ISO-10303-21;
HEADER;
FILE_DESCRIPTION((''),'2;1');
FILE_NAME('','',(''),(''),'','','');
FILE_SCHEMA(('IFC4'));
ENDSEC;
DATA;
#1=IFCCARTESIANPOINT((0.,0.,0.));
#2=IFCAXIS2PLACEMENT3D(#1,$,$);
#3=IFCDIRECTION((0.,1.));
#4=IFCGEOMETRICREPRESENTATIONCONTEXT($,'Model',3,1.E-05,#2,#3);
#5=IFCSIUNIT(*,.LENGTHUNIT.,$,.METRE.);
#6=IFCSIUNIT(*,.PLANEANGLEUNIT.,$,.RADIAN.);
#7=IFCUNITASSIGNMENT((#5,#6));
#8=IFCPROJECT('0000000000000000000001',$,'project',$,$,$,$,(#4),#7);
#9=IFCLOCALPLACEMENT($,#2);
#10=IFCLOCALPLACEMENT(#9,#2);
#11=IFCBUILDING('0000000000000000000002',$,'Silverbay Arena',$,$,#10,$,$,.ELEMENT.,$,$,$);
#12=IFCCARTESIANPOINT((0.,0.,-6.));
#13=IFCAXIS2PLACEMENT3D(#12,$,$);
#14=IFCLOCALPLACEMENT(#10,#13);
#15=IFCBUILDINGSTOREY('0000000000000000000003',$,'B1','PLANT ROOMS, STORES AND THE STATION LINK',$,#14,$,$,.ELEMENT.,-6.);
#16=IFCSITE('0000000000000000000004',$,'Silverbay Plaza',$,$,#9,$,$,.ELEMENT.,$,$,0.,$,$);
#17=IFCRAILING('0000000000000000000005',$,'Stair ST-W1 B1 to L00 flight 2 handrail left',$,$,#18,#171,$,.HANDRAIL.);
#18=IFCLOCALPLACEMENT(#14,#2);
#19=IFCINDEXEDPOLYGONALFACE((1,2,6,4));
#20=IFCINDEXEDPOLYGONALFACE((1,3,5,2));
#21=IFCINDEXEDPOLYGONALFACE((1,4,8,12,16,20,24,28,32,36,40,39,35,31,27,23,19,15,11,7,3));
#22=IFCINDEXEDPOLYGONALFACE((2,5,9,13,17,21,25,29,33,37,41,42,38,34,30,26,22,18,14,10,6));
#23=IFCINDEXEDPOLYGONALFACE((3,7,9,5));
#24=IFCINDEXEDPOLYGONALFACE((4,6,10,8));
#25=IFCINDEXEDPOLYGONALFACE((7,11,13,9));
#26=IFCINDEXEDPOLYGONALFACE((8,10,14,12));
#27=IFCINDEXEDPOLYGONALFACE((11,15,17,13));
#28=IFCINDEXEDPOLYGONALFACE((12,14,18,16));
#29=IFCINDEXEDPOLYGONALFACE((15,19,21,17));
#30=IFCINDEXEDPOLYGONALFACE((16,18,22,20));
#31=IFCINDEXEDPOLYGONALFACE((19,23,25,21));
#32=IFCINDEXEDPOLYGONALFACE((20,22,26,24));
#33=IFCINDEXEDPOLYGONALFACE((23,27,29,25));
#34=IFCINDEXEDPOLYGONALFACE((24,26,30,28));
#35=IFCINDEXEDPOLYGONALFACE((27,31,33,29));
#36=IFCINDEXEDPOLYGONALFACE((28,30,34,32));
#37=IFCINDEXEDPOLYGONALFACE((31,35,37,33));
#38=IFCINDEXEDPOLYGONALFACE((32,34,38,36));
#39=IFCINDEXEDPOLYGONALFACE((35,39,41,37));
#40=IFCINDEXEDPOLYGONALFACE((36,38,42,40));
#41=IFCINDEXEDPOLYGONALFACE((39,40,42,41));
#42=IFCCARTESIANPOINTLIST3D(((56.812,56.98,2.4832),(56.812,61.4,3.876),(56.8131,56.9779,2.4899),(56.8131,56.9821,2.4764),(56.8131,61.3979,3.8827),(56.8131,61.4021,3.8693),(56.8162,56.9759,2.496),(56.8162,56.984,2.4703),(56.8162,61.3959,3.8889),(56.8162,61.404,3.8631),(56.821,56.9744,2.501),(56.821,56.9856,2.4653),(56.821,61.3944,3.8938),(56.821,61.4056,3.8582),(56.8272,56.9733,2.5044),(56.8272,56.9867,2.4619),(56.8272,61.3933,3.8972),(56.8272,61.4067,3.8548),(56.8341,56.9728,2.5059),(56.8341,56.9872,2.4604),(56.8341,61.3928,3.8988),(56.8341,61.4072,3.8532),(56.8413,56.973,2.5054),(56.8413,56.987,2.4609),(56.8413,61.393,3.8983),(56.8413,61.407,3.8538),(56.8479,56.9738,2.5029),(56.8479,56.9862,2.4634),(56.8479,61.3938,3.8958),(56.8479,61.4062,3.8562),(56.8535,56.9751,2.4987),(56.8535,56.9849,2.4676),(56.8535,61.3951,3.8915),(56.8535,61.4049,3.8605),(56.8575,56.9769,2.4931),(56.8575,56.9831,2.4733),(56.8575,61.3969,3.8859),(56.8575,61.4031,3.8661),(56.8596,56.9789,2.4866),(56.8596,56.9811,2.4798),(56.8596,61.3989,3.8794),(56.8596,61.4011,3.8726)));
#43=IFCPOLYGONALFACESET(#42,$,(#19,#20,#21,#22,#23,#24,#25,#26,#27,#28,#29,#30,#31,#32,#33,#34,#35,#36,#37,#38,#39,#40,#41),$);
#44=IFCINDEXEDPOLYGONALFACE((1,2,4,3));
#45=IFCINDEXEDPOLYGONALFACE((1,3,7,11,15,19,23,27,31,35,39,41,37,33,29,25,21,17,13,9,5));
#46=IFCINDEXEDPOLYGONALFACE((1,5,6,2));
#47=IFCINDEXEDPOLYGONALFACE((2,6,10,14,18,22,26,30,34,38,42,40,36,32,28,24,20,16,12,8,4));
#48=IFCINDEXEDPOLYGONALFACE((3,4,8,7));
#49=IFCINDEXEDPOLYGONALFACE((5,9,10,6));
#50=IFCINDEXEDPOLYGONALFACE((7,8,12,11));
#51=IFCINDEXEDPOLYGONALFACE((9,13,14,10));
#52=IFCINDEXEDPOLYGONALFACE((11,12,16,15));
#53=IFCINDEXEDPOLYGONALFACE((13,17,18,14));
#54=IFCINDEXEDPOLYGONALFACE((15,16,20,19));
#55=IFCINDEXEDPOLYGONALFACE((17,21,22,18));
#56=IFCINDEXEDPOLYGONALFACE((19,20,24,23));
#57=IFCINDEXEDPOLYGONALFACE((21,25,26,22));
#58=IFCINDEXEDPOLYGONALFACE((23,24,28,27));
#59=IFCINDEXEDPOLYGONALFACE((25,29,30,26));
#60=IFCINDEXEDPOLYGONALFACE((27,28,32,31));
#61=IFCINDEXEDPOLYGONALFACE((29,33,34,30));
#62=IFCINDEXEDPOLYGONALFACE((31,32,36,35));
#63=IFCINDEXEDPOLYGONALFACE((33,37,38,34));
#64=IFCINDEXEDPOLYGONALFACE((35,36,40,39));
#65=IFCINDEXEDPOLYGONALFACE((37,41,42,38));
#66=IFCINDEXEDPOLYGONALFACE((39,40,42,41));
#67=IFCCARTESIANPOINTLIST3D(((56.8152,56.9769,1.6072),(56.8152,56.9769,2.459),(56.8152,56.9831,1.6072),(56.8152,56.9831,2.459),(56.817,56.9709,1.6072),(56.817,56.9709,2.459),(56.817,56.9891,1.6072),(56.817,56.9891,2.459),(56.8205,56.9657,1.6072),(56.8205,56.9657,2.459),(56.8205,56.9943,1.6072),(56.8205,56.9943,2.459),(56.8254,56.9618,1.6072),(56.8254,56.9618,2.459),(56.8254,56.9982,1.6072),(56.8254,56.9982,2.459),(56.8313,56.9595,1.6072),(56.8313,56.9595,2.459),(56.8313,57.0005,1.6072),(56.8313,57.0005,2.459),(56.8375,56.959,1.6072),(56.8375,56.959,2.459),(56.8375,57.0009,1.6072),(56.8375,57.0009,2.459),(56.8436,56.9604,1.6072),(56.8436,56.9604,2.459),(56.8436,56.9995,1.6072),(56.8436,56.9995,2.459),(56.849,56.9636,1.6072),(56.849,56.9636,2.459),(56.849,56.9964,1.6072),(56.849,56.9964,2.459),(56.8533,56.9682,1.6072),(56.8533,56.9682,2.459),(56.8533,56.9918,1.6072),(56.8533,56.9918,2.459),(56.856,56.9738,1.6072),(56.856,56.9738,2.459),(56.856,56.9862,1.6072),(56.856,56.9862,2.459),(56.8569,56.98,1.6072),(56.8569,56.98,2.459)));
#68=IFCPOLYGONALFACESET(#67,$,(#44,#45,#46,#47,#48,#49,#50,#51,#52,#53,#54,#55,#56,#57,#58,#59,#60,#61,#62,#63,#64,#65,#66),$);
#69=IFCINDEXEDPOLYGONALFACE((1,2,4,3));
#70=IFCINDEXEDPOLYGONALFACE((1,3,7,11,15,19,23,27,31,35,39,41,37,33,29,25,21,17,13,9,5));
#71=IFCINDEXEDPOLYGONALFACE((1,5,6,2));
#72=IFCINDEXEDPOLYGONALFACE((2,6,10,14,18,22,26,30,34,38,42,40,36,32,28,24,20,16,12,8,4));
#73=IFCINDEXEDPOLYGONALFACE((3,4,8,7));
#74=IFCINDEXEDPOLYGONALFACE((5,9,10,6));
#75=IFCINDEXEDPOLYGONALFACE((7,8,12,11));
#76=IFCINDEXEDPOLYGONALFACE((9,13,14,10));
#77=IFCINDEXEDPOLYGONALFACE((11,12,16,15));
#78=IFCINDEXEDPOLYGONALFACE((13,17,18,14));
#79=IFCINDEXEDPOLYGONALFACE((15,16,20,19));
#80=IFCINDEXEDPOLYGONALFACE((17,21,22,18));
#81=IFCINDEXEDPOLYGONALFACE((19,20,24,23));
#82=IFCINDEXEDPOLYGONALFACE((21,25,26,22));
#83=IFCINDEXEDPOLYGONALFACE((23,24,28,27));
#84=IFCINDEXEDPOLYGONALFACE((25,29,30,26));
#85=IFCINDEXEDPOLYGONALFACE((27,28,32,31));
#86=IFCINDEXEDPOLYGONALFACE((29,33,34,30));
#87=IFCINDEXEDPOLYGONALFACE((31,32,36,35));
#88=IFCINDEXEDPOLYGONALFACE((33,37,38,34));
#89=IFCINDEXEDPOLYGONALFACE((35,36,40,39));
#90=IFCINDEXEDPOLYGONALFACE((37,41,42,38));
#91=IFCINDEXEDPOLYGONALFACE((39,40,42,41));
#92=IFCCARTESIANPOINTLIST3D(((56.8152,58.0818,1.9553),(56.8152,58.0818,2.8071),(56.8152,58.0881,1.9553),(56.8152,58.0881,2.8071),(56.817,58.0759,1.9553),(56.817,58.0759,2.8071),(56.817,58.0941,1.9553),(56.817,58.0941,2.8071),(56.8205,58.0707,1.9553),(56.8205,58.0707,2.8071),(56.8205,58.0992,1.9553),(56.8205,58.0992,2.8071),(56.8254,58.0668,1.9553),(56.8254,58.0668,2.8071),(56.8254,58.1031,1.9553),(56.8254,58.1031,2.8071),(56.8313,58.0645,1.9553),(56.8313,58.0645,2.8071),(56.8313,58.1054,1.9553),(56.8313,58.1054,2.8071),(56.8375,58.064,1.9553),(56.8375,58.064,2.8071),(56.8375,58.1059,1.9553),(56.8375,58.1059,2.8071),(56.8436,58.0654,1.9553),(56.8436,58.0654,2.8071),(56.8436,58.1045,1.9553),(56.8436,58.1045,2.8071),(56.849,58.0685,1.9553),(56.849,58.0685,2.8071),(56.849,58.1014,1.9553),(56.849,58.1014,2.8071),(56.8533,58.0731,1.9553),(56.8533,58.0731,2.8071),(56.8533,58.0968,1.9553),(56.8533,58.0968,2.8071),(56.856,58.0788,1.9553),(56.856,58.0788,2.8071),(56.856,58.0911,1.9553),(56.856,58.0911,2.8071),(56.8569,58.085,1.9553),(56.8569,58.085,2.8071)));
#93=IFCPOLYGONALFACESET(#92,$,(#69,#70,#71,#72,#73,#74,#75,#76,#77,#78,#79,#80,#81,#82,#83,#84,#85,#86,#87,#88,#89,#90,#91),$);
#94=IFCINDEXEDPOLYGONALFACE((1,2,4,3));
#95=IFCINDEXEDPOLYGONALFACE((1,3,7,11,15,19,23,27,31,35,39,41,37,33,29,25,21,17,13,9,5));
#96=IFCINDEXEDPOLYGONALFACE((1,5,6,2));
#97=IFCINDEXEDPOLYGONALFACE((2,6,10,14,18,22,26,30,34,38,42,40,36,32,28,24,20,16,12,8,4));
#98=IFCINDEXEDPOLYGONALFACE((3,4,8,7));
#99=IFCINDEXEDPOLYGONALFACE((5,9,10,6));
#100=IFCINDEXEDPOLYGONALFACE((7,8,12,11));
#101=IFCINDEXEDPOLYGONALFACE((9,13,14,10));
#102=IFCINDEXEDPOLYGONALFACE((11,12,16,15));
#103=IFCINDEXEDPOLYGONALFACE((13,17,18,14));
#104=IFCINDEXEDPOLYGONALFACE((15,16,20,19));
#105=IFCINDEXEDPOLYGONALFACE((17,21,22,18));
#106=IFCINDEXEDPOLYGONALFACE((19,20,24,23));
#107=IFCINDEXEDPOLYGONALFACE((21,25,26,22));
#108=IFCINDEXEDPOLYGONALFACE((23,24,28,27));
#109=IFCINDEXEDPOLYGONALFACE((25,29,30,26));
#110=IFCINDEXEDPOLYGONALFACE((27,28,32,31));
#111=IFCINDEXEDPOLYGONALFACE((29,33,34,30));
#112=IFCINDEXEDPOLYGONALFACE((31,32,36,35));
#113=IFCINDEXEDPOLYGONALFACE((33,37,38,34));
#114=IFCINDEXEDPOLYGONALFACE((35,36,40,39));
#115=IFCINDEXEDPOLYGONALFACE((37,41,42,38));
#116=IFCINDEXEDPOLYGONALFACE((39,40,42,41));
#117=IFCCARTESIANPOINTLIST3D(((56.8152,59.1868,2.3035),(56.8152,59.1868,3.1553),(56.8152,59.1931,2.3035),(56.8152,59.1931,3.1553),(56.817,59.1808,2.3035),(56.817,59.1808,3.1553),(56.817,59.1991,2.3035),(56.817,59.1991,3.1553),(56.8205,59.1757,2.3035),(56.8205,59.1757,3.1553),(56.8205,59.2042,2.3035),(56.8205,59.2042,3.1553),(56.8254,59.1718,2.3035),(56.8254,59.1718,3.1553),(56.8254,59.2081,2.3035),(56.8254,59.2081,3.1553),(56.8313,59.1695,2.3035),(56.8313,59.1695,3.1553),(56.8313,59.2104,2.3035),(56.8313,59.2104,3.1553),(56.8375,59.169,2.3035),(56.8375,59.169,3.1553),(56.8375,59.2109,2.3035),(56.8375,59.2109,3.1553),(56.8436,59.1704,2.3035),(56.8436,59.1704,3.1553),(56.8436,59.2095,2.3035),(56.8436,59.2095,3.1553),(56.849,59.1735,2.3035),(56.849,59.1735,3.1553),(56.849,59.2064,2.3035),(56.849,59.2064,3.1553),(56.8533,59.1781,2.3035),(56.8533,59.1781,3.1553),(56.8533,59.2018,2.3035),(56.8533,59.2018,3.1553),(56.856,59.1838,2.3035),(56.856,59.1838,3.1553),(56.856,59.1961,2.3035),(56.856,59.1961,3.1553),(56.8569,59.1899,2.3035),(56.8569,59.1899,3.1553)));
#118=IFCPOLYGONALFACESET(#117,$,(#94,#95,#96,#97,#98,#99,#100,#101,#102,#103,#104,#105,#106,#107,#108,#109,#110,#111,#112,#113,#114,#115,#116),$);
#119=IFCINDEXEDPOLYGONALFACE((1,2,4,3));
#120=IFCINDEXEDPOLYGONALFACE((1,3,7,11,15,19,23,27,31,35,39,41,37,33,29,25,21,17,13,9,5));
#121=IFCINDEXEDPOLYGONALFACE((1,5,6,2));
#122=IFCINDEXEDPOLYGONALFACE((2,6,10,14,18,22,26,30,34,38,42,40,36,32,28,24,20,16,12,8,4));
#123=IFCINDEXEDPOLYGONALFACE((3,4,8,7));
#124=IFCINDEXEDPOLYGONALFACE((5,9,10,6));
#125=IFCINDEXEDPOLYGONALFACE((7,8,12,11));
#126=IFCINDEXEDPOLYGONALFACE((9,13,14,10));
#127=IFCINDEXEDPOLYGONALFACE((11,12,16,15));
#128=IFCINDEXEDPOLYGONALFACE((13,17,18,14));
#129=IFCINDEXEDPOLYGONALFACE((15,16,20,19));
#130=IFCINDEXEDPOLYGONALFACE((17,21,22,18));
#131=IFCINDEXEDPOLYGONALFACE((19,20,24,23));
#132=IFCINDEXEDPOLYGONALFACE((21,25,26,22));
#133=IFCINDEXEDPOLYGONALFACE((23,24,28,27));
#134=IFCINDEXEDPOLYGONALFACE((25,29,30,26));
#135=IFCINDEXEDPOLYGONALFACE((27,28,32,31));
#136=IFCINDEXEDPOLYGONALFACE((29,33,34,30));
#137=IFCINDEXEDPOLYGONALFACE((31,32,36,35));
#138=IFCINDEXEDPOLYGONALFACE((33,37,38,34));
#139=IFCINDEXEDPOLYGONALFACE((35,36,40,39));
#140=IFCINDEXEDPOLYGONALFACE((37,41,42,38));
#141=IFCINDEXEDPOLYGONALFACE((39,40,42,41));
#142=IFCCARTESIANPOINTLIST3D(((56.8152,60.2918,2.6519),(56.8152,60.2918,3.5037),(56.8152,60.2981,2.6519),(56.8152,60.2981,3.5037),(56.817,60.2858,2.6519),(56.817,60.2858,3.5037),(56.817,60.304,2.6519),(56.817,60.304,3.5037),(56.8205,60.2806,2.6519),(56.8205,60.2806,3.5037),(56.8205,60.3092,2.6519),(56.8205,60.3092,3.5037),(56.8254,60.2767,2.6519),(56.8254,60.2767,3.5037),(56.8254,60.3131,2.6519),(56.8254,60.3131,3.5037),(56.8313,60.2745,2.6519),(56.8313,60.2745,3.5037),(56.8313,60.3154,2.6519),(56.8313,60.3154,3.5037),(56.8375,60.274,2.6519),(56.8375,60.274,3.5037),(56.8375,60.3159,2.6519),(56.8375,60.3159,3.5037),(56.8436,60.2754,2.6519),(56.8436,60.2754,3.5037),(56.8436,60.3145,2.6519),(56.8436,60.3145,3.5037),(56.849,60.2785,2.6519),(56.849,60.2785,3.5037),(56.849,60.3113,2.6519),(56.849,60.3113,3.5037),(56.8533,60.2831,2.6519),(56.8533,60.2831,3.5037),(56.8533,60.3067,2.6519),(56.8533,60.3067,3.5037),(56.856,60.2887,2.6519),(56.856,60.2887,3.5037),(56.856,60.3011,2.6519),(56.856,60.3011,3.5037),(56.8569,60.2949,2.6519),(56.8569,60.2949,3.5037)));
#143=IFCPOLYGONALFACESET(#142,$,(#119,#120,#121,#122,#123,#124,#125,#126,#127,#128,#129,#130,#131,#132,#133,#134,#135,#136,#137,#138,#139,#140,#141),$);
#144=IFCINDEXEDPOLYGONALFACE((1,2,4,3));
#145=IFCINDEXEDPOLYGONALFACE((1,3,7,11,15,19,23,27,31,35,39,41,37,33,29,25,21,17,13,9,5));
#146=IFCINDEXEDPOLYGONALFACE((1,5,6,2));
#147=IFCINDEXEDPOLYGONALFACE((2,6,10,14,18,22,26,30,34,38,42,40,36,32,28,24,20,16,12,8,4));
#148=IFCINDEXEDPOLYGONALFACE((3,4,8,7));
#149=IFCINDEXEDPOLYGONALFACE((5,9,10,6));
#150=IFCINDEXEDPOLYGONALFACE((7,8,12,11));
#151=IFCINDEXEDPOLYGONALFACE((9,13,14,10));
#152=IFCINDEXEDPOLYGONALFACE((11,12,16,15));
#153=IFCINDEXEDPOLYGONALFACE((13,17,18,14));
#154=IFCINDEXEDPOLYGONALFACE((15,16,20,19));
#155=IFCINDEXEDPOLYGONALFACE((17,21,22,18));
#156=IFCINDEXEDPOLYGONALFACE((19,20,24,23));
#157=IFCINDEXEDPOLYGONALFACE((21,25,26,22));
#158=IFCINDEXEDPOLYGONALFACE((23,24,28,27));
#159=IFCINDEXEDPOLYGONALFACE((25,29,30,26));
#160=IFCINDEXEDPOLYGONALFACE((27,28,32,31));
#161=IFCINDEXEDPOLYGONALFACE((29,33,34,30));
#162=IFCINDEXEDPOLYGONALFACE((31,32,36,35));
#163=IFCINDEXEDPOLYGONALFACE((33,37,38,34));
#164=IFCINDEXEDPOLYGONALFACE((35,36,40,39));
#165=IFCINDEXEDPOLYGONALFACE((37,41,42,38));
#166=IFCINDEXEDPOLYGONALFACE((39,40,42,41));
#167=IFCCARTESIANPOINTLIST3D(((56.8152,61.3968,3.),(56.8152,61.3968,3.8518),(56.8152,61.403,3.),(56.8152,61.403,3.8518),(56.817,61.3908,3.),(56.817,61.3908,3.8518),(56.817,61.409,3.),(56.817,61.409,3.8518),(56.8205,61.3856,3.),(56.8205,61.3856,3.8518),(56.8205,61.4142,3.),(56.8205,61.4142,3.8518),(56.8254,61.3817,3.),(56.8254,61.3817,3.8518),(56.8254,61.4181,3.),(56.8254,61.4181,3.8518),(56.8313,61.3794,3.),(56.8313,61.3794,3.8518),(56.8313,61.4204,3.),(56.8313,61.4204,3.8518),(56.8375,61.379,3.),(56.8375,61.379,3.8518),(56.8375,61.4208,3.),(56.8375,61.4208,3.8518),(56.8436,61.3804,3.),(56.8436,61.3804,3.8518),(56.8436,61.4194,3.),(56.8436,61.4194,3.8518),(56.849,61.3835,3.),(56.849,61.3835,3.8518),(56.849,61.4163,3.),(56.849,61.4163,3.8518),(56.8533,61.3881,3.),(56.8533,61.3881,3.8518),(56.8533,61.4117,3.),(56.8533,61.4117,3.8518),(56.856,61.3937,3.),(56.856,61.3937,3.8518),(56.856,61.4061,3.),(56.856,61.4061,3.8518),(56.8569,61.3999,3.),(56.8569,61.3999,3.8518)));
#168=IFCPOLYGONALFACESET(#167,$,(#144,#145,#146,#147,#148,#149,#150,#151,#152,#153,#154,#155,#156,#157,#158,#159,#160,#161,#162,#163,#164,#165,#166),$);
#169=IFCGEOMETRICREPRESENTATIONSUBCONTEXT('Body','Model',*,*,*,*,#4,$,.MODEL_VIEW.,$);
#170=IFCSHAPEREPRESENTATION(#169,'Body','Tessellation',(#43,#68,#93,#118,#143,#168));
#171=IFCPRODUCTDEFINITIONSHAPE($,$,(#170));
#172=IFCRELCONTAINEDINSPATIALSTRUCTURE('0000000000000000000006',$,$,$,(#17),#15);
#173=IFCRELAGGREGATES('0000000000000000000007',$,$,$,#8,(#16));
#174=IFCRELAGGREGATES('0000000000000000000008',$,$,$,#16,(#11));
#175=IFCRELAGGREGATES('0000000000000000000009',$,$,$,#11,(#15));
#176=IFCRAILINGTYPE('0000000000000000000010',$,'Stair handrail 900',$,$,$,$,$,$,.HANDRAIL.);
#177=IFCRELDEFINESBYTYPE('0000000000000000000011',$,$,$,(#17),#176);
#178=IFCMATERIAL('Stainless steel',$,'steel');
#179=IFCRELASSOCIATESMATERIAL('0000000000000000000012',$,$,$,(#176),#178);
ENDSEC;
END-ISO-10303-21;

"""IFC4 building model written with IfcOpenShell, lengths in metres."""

from ifc_helpers import new_model, si_unit, direction, frame, origin, origin_2d, place, context, subcontext, project, spatial, circle, extrude, material, type_object, element, save


model = new_model("IFC4")

# Units and contexts
model_context = context("Model", 3, precision=1e-05, world=origin(), true_north=direction((0.0, 1.0)))
body_context = subcontext(model_context, "Body", "Model", "MODEL_VIEW")
ifc_project = project(units=[si_unit("LENGTHUNIT", "METRE"), si_unit("PLANEANGLEUNIT", "RADIAN")], contexts=[model_context])

# Site, building, storey
site_placement = place(None, origin())
site = spatial("IfcSite", under=ifc_project, at=site_placement, Name="Silverbay Plaza", CompositionType="ELEMENT", RefElevation=0.0)
building_placement = place(site_placement, origin())
building = spatial("IfcBuilding", under=site, at=building_placement, Name="Silverbay Arena", CompositionType="ELEMENT")
storey_placement = place(building_placement, frame((0.0, 0.0, -6.0)))
storey = spatial("IfcBuildingStorey", under=building, at=storey_placement, Name="B1", Description="PLANT ROOMS, STORES AND THE STATION LINK", CompositionType="ELEMENT", Elevation=-6.0)

# Railing
ifc_material_1 = material(Name="Stainless steel", Category="steel")
railing_type_1 = type_object("IfcRailingType", Name="Stair handrail 900", PredefinedType="HANDRAIL", material=ifc_material_1)
railing_1_placement = place(storey_placement, frame((56.8359, 56.98, 1.6072)))
element("IfcRailing", 1, at=railing_1_placement, inside=storey, type_object=railing_type_1, Name="Stair ST-W1 B1 to L00 flight 2 handrail left", PredefinedType="HANDRAIL", context=body_context, shape_type="SweptSolid", body=[
    extrude(circle(Radius=0.0239, at=origin_2d()), frame((0.0, 0.0, 0.876), z_axis=(0.0, 0.953765, 0.300554), x_axis=(-1.0, 0.0, 0.0)), (0.0, 0.0, 1.0), 4.6343),
    extrude(circle(Radius=0.021, at=origin_2d()), origin(), (0.0, 0.0, 1.0), 0.8518),
    extrude(circle(Radius=0.021, at=origin_2d()), frame((0.0, 1.105, 0.3481)), (0.0, 0.0, 1.0), 0.8518),
    extrude(circle(Radius=0.021, at=origin_2d()), frame((0.0, 2.21, 0.6963)), (0.0, 0.0, 1.0), 0.8518),
    extrude(circle(Radius=0.021, at=origin_2d()), frame((0.0, 3.3149, 1.0447)), (0.0, 0.0, 1.0), 0.8518),
    extrude(circle(Radius=0.021, at=origin_2d()), frame((0.0, 4.4199, 1.3928)), (0.0, 0.0, 1.0), 0.8518),
])

save(model, "model.ifc")
